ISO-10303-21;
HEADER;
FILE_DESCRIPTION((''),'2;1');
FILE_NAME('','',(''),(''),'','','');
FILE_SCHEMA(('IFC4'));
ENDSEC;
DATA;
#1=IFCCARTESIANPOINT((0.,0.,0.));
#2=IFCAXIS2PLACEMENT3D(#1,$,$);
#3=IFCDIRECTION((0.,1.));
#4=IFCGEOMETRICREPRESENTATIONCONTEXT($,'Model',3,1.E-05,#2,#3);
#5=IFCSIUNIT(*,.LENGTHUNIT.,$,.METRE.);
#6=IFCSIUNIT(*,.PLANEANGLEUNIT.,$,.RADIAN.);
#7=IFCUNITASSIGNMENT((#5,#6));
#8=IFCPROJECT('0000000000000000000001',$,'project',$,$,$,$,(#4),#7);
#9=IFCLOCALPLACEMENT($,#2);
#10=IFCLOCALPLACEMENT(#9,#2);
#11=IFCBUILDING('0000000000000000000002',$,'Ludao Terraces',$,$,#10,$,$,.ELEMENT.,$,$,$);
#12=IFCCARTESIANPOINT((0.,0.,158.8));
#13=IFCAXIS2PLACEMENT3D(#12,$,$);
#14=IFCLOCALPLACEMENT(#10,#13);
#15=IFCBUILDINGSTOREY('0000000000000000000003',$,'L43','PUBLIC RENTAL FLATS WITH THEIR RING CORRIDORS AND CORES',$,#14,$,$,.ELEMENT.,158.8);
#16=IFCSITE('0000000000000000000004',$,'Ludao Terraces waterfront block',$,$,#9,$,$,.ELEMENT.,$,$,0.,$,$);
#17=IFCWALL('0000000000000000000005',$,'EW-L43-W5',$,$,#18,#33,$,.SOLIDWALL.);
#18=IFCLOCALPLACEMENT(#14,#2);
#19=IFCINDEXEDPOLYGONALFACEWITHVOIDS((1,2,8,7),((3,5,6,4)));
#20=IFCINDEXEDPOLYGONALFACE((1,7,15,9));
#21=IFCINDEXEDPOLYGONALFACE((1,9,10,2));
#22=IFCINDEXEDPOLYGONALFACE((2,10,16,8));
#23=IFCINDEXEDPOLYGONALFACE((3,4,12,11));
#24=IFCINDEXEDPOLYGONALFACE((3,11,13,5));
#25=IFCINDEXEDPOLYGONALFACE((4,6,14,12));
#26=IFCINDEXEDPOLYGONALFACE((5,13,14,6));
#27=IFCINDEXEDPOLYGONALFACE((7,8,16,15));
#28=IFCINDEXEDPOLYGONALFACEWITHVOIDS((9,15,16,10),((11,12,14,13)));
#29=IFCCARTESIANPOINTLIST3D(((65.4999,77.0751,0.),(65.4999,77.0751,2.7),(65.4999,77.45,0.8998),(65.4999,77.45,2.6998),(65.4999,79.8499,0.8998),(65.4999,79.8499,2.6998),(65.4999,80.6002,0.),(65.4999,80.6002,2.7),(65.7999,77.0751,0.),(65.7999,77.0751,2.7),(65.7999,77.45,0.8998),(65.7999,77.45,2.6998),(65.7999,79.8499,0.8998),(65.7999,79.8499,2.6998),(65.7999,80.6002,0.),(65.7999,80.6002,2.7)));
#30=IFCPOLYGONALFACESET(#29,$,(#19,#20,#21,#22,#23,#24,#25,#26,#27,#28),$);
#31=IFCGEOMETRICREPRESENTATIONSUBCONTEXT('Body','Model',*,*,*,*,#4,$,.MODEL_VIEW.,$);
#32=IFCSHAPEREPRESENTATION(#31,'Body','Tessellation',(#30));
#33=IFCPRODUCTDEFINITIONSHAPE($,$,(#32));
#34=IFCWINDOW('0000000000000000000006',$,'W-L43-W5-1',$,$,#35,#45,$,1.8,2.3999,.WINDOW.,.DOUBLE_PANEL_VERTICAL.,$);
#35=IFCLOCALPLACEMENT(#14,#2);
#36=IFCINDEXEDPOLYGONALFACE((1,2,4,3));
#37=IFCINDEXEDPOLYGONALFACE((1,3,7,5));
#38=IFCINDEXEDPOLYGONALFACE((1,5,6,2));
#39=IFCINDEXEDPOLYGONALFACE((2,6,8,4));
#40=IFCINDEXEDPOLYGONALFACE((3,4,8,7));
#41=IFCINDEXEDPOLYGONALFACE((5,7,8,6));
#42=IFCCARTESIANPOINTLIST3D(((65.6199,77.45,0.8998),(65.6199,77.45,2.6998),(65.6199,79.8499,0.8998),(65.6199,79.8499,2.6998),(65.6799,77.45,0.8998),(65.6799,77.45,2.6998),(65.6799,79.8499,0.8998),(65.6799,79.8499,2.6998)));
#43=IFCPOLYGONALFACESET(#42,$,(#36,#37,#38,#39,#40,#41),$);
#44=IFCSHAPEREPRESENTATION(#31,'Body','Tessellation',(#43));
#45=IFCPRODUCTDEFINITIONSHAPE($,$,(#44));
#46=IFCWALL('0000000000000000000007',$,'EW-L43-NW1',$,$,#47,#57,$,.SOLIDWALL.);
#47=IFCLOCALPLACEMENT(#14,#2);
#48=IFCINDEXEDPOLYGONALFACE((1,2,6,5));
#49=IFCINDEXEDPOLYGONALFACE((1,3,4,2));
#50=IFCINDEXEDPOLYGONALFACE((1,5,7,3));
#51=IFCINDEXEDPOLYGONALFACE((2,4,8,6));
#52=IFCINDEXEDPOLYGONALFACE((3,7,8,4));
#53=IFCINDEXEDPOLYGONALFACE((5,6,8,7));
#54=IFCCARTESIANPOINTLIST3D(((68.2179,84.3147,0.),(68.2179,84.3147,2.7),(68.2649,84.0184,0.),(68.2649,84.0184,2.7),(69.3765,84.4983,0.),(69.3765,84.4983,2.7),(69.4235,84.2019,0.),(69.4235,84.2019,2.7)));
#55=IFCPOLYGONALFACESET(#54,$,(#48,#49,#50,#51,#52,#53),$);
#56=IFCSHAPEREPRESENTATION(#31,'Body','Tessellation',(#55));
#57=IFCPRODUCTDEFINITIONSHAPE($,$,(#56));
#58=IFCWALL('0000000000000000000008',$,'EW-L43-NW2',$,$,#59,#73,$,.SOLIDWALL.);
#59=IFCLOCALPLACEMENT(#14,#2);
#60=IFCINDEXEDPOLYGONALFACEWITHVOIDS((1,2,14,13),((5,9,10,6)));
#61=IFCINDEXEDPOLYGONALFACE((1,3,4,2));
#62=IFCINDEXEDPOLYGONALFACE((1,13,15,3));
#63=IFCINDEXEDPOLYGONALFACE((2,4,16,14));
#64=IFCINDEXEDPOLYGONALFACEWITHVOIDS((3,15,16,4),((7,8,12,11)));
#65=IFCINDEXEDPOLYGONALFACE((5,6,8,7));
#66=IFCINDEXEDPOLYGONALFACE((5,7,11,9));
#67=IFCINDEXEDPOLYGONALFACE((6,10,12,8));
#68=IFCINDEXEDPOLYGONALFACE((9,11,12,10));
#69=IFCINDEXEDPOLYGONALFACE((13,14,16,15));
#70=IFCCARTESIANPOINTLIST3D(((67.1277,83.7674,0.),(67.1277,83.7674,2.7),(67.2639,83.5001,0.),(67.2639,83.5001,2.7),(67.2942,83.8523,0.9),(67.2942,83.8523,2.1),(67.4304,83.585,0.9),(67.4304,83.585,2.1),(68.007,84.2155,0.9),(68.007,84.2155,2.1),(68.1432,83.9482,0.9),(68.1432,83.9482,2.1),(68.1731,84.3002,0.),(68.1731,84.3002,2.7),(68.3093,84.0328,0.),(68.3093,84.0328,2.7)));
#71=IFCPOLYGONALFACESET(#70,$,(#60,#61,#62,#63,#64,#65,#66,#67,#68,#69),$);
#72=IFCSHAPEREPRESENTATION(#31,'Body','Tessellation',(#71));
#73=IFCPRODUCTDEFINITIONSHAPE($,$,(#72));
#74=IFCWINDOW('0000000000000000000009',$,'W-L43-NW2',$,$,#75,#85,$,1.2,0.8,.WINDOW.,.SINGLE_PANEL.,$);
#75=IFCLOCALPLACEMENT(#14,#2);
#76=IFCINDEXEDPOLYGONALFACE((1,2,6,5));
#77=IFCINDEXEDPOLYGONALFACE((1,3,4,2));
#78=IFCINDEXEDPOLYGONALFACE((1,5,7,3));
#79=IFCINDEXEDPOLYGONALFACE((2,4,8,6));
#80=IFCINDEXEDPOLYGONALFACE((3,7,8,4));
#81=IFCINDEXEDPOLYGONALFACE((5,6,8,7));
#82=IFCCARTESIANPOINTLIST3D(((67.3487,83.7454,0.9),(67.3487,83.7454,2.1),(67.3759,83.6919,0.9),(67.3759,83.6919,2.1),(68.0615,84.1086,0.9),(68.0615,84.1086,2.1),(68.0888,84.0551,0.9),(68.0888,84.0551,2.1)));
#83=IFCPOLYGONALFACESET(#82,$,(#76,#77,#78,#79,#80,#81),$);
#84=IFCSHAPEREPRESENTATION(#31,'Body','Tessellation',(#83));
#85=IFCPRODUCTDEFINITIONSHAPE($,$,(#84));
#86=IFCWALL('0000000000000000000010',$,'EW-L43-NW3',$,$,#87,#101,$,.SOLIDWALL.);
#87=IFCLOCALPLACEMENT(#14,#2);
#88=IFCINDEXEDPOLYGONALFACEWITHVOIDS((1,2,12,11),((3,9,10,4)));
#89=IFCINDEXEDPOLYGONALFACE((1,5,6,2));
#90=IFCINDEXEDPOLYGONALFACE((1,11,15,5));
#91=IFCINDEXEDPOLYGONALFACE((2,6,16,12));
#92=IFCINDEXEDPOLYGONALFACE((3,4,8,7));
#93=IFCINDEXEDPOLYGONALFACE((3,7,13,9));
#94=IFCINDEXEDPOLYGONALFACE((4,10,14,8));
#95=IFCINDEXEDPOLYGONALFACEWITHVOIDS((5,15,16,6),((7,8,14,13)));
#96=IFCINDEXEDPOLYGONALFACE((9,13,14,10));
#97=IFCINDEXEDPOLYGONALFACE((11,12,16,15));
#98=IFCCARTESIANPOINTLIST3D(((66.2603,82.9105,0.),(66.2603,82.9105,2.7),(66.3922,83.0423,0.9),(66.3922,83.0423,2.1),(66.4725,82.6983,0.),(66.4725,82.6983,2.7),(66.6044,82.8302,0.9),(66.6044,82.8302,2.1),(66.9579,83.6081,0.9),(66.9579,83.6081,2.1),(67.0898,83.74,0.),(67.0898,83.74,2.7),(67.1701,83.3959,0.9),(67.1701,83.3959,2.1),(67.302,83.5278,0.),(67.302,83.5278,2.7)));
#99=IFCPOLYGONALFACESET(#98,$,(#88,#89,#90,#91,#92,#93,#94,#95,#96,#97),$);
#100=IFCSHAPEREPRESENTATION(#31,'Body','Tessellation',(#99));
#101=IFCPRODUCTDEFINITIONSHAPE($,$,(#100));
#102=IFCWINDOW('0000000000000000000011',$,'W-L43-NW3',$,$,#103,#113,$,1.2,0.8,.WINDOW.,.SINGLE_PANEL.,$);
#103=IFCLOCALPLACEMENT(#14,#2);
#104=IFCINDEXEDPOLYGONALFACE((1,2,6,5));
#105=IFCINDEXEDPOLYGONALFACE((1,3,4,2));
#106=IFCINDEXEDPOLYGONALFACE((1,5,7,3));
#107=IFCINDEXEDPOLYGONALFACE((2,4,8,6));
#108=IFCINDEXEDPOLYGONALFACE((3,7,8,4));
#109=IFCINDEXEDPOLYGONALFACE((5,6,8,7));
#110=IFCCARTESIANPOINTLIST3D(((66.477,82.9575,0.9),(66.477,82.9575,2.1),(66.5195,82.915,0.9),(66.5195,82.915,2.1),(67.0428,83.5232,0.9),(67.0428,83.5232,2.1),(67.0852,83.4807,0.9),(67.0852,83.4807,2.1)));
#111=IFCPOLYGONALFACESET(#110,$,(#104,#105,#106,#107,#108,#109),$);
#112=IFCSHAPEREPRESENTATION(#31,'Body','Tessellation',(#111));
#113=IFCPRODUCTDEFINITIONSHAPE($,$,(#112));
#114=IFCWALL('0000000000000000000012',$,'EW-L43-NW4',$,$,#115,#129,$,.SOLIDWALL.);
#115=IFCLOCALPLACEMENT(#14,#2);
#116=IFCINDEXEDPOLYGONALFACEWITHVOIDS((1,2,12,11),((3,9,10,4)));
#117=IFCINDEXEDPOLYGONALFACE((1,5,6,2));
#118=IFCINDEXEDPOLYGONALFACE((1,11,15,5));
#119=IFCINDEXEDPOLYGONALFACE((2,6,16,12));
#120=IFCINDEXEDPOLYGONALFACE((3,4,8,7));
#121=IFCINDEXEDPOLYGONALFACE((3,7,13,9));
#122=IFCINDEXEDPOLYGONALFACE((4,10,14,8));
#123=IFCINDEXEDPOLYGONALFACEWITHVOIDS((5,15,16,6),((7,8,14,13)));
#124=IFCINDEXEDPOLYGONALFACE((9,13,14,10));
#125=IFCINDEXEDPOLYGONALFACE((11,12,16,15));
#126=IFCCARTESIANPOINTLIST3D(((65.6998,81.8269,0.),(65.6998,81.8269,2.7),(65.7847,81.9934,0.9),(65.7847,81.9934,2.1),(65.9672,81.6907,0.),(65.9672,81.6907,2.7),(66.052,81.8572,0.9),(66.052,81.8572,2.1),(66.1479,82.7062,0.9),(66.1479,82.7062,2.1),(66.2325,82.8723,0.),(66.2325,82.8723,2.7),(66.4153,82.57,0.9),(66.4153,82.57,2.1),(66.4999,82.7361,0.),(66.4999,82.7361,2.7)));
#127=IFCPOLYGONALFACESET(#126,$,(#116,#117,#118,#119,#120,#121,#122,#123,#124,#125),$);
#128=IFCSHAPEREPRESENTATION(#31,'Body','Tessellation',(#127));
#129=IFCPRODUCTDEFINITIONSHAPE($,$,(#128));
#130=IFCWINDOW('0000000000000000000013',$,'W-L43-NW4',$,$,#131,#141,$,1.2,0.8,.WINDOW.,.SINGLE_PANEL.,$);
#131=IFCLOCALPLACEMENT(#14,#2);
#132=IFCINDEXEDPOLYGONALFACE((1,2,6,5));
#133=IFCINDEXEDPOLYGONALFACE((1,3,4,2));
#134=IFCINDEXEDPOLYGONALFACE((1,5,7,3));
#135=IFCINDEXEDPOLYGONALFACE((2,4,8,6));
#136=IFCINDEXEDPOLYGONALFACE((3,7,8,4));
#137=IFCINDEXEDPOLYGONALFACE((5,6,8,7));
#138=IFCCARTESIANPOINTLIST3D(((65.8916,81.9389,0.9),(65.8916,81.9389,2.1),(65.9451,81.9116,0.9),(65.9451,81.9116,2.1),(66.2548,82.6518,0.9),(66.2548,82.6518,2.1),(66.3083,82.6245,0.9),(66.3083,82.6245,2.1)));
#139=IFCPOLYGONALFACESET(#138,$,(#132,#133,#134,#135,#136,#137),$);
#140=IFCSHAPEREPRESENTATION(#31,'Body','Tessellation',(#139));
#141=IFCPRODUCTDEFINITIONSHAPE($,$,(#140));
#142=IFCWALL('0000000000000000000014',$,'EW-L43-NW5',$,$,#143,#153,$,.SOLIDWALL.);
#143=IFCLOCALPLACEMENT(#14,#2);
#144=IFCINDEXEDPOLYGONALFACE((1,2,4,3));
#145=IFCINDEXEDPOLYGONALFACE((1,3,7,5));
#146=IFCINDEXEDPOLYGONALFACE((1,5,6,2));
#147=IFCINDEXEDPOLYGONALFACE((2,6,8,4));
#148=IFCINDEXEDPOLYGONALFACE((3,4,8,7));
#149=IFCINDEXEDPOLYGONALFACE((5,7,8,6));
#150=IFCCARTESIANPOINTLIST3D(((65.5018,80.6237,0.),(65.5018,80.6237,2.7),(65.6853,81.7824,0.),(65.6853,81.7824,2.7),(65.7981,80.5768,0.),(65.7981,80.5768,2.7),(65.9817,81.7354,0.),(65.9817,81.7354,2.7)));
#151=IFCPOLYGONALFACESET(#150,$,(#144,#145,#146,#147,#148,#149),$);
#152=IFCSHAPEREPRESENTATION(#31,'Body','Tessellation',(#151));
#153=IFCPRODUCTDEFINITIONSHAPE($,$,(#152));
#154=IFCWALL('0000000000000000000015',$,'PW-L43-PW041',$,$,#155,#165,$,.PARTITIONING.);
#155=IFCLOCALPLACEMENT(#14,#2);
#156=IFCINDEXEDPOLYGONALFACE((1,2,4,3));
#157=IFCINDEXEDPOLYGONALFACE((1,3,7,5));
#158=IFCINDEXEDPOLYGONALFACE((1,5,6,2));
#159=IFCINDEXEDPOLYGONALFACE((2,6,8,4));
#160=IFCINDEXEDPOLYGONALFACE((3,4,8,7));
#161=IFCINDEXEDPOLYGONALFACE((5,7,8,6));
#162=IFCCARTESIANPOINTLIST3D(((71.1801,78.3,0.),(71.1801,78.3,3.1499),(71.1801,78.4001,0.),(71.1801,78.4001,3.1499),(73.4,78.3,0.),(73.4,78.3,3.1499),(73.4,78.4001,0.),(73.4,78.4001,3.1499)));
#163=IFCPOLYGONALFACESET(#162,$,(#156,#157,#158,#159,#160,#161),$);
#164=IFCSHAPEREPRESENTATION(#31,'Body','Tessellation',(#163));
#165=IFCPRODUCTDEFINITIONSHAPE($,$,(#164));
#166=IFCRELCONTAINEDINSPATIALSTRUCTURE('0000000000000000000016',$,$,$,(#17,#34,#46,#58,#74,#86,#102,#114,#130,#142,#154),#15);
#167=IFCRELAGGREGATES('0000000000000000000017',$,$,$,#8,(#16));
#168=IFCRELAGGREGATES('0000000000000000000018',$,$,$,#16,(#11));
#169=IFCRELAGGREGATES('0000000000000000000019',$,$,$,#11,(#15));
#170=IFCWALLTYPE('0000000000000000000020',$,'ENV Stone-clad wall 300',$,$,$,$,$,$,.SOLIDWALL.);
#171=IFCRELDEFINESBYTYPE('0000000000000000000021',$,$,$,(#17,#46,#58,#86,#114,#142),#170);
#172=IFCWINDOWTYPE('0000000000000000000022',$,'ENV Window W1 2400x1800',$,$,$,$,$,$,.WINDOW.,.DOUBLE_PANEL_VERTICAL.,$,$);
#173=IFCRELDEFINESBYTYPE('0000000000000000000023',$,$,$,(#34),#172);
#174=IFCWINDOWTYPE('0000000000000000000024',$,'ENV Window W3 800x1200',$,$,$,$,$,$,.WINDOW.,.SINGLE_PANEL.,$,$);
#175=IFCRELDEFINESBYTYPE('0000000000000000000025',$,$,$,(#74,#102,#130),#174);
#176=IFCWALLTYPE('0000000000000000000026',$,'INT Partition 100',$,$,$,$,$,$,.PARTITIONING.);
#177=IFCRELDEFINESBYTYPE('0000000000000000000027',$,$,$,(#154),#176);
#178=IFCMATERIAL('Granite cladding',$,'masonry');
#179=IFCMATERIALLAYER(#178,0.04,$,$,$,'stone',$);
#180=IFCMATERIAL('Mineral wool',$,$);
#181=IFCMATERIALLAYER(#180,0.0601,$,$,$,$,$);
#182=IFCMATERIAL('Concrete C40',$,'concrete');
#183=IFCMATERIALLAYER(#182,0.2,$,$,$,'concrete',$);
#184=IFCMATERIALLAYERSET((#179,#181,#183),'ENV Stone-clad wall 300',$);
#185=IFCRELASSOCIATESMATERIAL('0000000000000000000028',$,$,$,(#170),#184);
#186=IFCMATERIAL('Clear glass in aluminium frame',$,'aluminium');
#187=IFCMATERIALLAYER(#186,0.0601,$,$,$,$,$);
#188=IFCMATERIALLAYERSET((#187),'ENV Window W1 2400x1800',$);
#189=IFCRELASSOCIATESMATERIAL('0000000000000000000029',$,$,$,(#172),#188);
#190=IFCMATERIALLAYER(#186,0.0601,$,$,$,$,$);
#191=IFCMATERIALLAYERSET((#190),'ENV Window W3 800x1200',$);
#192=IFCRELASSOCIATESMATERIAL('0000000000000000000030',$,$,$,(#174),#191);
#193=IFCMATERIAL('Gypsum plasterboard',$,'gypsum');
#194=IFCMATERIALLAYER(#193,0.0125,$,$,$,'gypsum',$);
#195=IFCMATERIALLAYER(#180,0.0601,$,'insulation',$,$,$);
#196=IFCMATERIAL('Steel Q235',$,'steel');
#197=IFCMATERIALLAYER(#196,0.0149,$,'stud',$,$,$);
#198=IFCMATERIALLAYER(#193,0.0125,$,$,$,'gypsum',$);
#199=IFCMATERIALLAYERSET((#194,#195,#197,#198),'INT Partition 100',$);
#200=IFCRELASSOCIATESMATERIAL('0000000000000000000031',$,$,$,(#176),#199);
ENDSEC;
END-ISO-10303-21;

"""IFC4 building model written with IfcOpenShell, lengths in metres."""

from ifc_helpers import new_model, si_unit, direction, frame, frame_2d, origin, place, context, subcontext, project, spatial, rectangle, extrude, material, layer, layer_set, type_object, element, fill, save


model = new_model("IFC4")

# Units and contexts
model_context = context("Model", 3, precision=1e-05, world=origin(), true_north=direction((0.0, 1.0)))
body_context = subcontext(model_context, "Body", "Model", "MODEL_VIEW")
ifc_project = project(units=[si_unit("LENGTHUNIT", "METRE"), si_unit("PLANEANGLEUNIT", "RADIAN")], contexts=[model_context])

# Site, building, storey
site_placement = place(None, origin())
site = spatial("IfcSite", under=ifc_project, at=site_placement, Name="Ludao Terraces waterfront block", CompositionType="ELEMENT", RefElevation=0.0)
building_placement = place(site_placement, origin())
building = spatial("IfcBuilding", under=site, at=building_placement, Name="Ludao Terraces", CompositionType="ELEMENT")
storey_placement = place(building_placement, frame((0.0, 0.0, 158.8)))
storey = spatial("IfcBuildingStorey", under=building, at=storey_placement, Name="L43", Description="PUBLIC RENTAL FLATS WITH THEIR RING CORRIDORS AND CORES", CompositionType="ELEMENT", Elevation=158.8)

# Shared definitions
ifc_material_1 = material(Name="Concrete C40", Category="concrete")

# Shared definitions
ifc_material_2 = material(Name="Steel Q235", Category="steel")

# Shared definitions
ifc_material_3 = material(Name="Granite cladding", Category="masonry")
ifc_layer_1 = layer(ifc_material_3, 0.04, Category="stone")
ifc_material_4 = material(Name="Mineral wool")
ifc_layer_2 = layer(ifc_material_4, 0.0601)
ifc_layer_3 = layer(ifc_material_1, 0.2, Category="concrete")
ifc_layer_set_1 = layer_set([ifc_layer_1, ifc_layer_2, ifc_layer_3], Name="ENV Stone-clad wall 300")
wall_type_1 = type_object("IfcWallType", Name="ENV Stone-clad wall 300", PredefinedType="SOLIDWALL", material=ifc_layer_set_1)
ifc_material_5 = material(Name="Clear glass in aluminium frame", Category="aluminium")
ifc_layer_4 = layer(ifc_material_5, 0.0601)
ifc_layer_set_2 = layer_set([ifc_layer_4], Name="ENV Window W1 2400x1800")
window_type_1 = type_object("IfcWindowType", Name="ENV Window W1 2400x1800", PartitioningType="DOUBLE_PANEL_VERTICAL", PredefinedType="WINDOW", material=ifc_layer_set_2)

# Wall, opening, window
wall_1_placement = place(storey_placement, frame((65.6499, 77.075, 0.0), z_axis=(0.0, 0.0, 1.0), x_axis=(0.0, 1.0, 0.0)))
wall_1 = element("IfcWall", 1, at=wall_1_placement, inside=storey, type_object=wall_type_1, Name="EW-L43-W5", PredefinedType="SOLIDWALL", context=body_context, shape_type="SweptSolid", body=[
    extrude(rectangle(XDim=3.5251, YDim=0.3, at=frame_2d((1.7627, 0.0))), origin(), (0.0, 0.0, 1.0), 2.7),
])
opening_1_placement = place(wall_1_placement, frame((0.375, 0.0, 0.8999)))
opening_1 = element("IfcOpeningElement", 2, at=opening_1_placement, cuts=wall_1, PredefinedType="OPENING", context=body_context, shape_type="SweptSolid", body=[
    extrude(rectangle(XDim=2.3999, YDim=1.8, at=frame_2d((1.2, 0.8999))), frame((0.0, 0.1602, 0.0), z_axis=(0.0, -1.0, 0.0), x_axis=(1.0, 0.0, 0.0)), (0.0, 0.0, 1.0), 0.3201),
])
window_1_placement = place(opening_1_placement, origin())
window_1 = element("IfcWindow", 3, at=window_1_placement, inside=storey, type_object=window_type_1, Name="W-L43-W5-1", OverallHeight=1.8, OverallWidth=2.3999, PartitioningType="DOUBLE_PANEL_VERTICAL", PredefinedType="WINDOW", context=body_context, shape_type="SweptSolid", body=[
    extrude(rectangle(XDim=2.3999, YDim=1.8, at=frame_2d((1.2, 0.8999))), frame((0.0, 0.03, 0.0), z_axis=(0.0, -1.0, 0.0), x_axis=(1.0, 0.0, 0.0)), (0.0, 0.0, 1.0), 0.0601),
])
fill(opening_1, window_1)

# Wall
wall_2_placement = place(storey_placement, frame((69.3999, 84.3501, 0.0), z_axis=(0.0, 0.0, 1.0), x_axis=(-0.987678, -0.156497, 0.0)))
element("IfcWall", 4, at=wall_2_placement, inside=storey, type_object=wall_type_1, Name="EW-L43-NW1", PredefinedType="SOLIDWALL", context=body_context, shape_type="SweptSolid", body=[
    extrude(rectangle(XDim=1.1731, YDim=0.3, at=frame_2d((0.5864, 0.0))), origin(), (0.0, 0.0, 1.0), 2.7),
])

# Walls, openings, windows
wall_3_placement = place(storey_placement, frame((68.2412, 84.1665, 0.0), z_axis=(0.0, 0.0, 1.0), x_axis=(-0.890989, -0.454026, 0.0)))
wall_3 = element("IfcWall", 5, at=wall_3_placement, inside=storey, type_object=wall_type_1, Name="EW-L43-NW2", PredefinedType="SOLIDWALL", context=body_context, shape_type="SweptSolid", body=[
    extrude(rectangle(XDim=1.1733, YDim=0.3, at=frame_2d((0.5867, 0.0))), origin(), (0.0, 0.0, 1.0), 2.7),
])
opening_2_placement = place(wall_3_placement, frame((0.1865, 0.0, 0.8999)))
opening_2 = element("IfcOpeningElement", 6, at=opening_2_placement, cuts=wall_3, PredefinedType="OPENING", context=body_context, shape_type="SweptSolid", body=[
    extrude(rectangle(XDim=0.8, YDim=1.2, at=frame_2d((0.3999, 0.6001))), frame((0.0, 0.1602, 0.0), z_axis=(0.0, -1.0, 0.0), x_axis=(1.0, 0.0, 0.0)), (0.0, 0.0, 1.0), 0.3201),
])
ifc_layer_5 = layer(ifc_material_5, 0.0601)
ifc_layer_set_3 = layer_set([ifc_layer_5], Name="ENV Window W3 800x1200")
window_type_2 = type_object("IfcWindowType", Name="ENV Window W3 800x1200", PartitioningType="SINGLE_PANEL", PredefinedType="WINDOW", material=ifc_layer_set_3)
window_2_placement = place(opening_2_placement, origin())
window_2 = element("IfcWindow", 7, at=window_2_placement, inside=storey, type_object=window_type_2, Name="W-L43-NW2", OverallHeight=1.2, OverallWidth=0.8, PartitioningType="SINGLE_PANEL", PredefinedType="WINDOW", context=body_context, shape_type="SweptSolid", body=[
    extrude(rectangle(XDim=0.8, YDim=1.2, at=frame_2d((0.3999, 0.6001))), frame((0.0, 0.03, 0.0), z_axis=(0.0, -1.0, 0.0), x_axis=(1.0, 0.0, 0.0)), (0.0, 0.0, 1.0), 0.0601),
])
fill(opening_2, window_2)
wall_4_placement = place(storey_placement, frame((67.1958, 83.6338, 0.0), z_axis=(0.0, 0.0, 1.0), x_axis=(-0.707107, -0.707107, 0.0)))
wall_4 = element("IfcWall", 8, at=wall_4_placement, inside=storey, type_object=wall_type_1, Name="EW-L43-NW3", PredefinedType="SOLIDWALL", context=body_context, shape_type="SweptSolid", body=[
    extrude(rectangle(XDim=1.1731, YDim=0.3, at=frame_2d((0.5864, 0.0))), origin(), (0.0, 0.0, 1.0), 2.7),
])
opening_3_placement = place(wall_4_placement, frame((0.1865, 0.0, 0.8999)))
opening_3 = element("IfcOpeningElement", 9, at=opening_3_placement, cuts=wall_4, PredefinedType="OPENING", context=body_context, shape_type="SweptSolid", body=[
    extrude(rectangle(XDim=0.8, YDim=1.2, at=frame_2d((0.3999, 0.6001))), frame((0.0, 0.1602, 0.0), z_axis=(0.0, -1.0, 0.0), x_axis=(1.0, 0.0, 0.0)), (0.0, 0.0, 1.0), 0.3201),
])
window_3_placement = place(opening_3_placement, origin())
window_3 = element("IfcWindow", 10, at=window_3_placement, inside=storey, type_object=window_type_2, Name="W-L43-NW3", OverallHeight=1.2, OverallWidth=0.8, PartitioningType="SINGLE_PANEL", PredefinedType="WINDOW", context=body_context, shape_type="SweptSolid", body=[
    extrude(rectangle(XDim=0.8, YDim=1.2, at=frame_2d((0.3999, 0.6001))), frame((0.0, 0.03, 0.0), z_axis=(0.0, -1.0, 0.0), x_axis=(1.0, 0.0, 0.0)), (0.0, 0.0, 1.0), 0.0601),
])
fill(opening_3, window_3)
wall_5_placement = place(storey_placement, frame((66.3662, 82.8042, 0.0), z_axis=(0.0, 0.0, 1.0), x_axis=(-0.454026, -0.890989, 0.0)))
wall_5 = element("IfcWall", 11, at=wall_5_placement, inside=storey, type_object=wall_type_1, Name="EW-L43-NW4", PredefinedType="SOLIDWALL", context=body_context, shape_type="SweptSolid", body=[
    extrude(rectangle(XDim=1.1733, YDim=0.3, at=frame_2d((0.5867, 0.0))), origin(), (0.0, 0.0, 1.0), 2.7),
])
opening_4_placement = place(wall_5_placement, frame((0.1865, 0.0, 0.8999)))
opening_4 = element("IfcOpeningElement", 12, at=opening_4_placement, cuts=wall_5, PredefinedType="OPENING", context=body_context, shape_type="SweptSolid", body=[
    extrude(rectangle(XDim=0.8, YDim=1.2, at=frame_2d((0.3999, 0.6001))), frame((0.0, 0.1602, 0.0), z_axis=(0.0, -1.0, 0.0), x_axis=(1.0, 0.0, 0.0)), (0.0, 0.0, 1.0), 0.3201),
])
window_4_placement = place(opening_4_placement, origin())
window_4 = element("IfcWindow", 13, at=window_4_placement, inside=storey, type_object=window_type_2, Name="W-L43-NW4", OverallHeight=1.2, OverallWidth=0.8, PartitioningType="SINGLE_PANEL", PredefinedType="WINDOW", context=body_context, shape_type="SweptSolid", body=[
    extrude(rectangle(XDim=0.8, YDim=1.2, at=frame_2d((0.3999, 0.6001))), frame((0.0, 0.03, 0.0), z_axis=(0.0, -1.0, 0.0), x_axis=(1.0, 0.0, 0.0)), (0.0, 0.0, 1.0), 0.0601),
])
fill(opening_4, window_4)

# Walls
wall_6_placement = place(storey_placement, frame((65.8335, 81.7588, 0.0), z_axis=(0.0, 0.0, 1.0), x_axis=(-0.156497, -0.987678, 0.0)))
element("IfcWall", 14, at=wall_6_placement, inside=storey, type_object=wall_type_1, Name="EW-L43-NW5", PredefinedType="SOLIDWALL", context=body_context, shape_type="SweptSolid", body=[
    extrude(rectangle(XDim=1.1731, YDim=0.3, at=frame_2d((0.5864, 0.0))), origin(), (0.0, 0.0, 1.0), 2.7),
])
ifc_material_6 = material(Name="Gypsum plasterboard", Category="gypsum")
ifc_layer_6 = layer(ifc_material_6, 0.0125, Category="gypsum")
ifc_layer_7 = layer(ifc_material_4, 0.0601, Name="insulation")
ifc_layer_8 = layer(ifc_material_2, 0.0149, Name="stud")
ifc_layer_9 = layer(ifc_material_6, 0.0125, Category="gypsum")
ifc_layer_set_4 = layer_set([ifc_layer_6, ifc_layer_7, ifc_layer_8, ifc_layer_9], Name="INT Partition 100")
wall_type_2 = type_object("IfcWallType", Name="INT Partition 100", PredefinedType="PARTITIONING", material=ifc_layer_set_4)
for number, where, z_axis, x_axis, name in (
    (15, (71.1802, 78.3501, 0.0), (0.0, 0.0, 1.0), (1.0, 0.0, 0.0), "PW-L43-PW041"),
):
    element("IfcWall", number, at=place(storey_placement, frame(where, z_axis=z_axis, x_axis=x_axis)), inside=storey, type_object=wall_type_2, Name=name, PredefinedType="PARTITIONING", context=body_context, shape_type="SweptSolid", body=[
        extrude(rectangle(XDim=2.22, YDim=0.1001, at=frame_2d((1.1099, 0.0))), origin(), (0.0, 0.0, 1.0), 3.1499),
    ])

save(model, "model.ifc")
